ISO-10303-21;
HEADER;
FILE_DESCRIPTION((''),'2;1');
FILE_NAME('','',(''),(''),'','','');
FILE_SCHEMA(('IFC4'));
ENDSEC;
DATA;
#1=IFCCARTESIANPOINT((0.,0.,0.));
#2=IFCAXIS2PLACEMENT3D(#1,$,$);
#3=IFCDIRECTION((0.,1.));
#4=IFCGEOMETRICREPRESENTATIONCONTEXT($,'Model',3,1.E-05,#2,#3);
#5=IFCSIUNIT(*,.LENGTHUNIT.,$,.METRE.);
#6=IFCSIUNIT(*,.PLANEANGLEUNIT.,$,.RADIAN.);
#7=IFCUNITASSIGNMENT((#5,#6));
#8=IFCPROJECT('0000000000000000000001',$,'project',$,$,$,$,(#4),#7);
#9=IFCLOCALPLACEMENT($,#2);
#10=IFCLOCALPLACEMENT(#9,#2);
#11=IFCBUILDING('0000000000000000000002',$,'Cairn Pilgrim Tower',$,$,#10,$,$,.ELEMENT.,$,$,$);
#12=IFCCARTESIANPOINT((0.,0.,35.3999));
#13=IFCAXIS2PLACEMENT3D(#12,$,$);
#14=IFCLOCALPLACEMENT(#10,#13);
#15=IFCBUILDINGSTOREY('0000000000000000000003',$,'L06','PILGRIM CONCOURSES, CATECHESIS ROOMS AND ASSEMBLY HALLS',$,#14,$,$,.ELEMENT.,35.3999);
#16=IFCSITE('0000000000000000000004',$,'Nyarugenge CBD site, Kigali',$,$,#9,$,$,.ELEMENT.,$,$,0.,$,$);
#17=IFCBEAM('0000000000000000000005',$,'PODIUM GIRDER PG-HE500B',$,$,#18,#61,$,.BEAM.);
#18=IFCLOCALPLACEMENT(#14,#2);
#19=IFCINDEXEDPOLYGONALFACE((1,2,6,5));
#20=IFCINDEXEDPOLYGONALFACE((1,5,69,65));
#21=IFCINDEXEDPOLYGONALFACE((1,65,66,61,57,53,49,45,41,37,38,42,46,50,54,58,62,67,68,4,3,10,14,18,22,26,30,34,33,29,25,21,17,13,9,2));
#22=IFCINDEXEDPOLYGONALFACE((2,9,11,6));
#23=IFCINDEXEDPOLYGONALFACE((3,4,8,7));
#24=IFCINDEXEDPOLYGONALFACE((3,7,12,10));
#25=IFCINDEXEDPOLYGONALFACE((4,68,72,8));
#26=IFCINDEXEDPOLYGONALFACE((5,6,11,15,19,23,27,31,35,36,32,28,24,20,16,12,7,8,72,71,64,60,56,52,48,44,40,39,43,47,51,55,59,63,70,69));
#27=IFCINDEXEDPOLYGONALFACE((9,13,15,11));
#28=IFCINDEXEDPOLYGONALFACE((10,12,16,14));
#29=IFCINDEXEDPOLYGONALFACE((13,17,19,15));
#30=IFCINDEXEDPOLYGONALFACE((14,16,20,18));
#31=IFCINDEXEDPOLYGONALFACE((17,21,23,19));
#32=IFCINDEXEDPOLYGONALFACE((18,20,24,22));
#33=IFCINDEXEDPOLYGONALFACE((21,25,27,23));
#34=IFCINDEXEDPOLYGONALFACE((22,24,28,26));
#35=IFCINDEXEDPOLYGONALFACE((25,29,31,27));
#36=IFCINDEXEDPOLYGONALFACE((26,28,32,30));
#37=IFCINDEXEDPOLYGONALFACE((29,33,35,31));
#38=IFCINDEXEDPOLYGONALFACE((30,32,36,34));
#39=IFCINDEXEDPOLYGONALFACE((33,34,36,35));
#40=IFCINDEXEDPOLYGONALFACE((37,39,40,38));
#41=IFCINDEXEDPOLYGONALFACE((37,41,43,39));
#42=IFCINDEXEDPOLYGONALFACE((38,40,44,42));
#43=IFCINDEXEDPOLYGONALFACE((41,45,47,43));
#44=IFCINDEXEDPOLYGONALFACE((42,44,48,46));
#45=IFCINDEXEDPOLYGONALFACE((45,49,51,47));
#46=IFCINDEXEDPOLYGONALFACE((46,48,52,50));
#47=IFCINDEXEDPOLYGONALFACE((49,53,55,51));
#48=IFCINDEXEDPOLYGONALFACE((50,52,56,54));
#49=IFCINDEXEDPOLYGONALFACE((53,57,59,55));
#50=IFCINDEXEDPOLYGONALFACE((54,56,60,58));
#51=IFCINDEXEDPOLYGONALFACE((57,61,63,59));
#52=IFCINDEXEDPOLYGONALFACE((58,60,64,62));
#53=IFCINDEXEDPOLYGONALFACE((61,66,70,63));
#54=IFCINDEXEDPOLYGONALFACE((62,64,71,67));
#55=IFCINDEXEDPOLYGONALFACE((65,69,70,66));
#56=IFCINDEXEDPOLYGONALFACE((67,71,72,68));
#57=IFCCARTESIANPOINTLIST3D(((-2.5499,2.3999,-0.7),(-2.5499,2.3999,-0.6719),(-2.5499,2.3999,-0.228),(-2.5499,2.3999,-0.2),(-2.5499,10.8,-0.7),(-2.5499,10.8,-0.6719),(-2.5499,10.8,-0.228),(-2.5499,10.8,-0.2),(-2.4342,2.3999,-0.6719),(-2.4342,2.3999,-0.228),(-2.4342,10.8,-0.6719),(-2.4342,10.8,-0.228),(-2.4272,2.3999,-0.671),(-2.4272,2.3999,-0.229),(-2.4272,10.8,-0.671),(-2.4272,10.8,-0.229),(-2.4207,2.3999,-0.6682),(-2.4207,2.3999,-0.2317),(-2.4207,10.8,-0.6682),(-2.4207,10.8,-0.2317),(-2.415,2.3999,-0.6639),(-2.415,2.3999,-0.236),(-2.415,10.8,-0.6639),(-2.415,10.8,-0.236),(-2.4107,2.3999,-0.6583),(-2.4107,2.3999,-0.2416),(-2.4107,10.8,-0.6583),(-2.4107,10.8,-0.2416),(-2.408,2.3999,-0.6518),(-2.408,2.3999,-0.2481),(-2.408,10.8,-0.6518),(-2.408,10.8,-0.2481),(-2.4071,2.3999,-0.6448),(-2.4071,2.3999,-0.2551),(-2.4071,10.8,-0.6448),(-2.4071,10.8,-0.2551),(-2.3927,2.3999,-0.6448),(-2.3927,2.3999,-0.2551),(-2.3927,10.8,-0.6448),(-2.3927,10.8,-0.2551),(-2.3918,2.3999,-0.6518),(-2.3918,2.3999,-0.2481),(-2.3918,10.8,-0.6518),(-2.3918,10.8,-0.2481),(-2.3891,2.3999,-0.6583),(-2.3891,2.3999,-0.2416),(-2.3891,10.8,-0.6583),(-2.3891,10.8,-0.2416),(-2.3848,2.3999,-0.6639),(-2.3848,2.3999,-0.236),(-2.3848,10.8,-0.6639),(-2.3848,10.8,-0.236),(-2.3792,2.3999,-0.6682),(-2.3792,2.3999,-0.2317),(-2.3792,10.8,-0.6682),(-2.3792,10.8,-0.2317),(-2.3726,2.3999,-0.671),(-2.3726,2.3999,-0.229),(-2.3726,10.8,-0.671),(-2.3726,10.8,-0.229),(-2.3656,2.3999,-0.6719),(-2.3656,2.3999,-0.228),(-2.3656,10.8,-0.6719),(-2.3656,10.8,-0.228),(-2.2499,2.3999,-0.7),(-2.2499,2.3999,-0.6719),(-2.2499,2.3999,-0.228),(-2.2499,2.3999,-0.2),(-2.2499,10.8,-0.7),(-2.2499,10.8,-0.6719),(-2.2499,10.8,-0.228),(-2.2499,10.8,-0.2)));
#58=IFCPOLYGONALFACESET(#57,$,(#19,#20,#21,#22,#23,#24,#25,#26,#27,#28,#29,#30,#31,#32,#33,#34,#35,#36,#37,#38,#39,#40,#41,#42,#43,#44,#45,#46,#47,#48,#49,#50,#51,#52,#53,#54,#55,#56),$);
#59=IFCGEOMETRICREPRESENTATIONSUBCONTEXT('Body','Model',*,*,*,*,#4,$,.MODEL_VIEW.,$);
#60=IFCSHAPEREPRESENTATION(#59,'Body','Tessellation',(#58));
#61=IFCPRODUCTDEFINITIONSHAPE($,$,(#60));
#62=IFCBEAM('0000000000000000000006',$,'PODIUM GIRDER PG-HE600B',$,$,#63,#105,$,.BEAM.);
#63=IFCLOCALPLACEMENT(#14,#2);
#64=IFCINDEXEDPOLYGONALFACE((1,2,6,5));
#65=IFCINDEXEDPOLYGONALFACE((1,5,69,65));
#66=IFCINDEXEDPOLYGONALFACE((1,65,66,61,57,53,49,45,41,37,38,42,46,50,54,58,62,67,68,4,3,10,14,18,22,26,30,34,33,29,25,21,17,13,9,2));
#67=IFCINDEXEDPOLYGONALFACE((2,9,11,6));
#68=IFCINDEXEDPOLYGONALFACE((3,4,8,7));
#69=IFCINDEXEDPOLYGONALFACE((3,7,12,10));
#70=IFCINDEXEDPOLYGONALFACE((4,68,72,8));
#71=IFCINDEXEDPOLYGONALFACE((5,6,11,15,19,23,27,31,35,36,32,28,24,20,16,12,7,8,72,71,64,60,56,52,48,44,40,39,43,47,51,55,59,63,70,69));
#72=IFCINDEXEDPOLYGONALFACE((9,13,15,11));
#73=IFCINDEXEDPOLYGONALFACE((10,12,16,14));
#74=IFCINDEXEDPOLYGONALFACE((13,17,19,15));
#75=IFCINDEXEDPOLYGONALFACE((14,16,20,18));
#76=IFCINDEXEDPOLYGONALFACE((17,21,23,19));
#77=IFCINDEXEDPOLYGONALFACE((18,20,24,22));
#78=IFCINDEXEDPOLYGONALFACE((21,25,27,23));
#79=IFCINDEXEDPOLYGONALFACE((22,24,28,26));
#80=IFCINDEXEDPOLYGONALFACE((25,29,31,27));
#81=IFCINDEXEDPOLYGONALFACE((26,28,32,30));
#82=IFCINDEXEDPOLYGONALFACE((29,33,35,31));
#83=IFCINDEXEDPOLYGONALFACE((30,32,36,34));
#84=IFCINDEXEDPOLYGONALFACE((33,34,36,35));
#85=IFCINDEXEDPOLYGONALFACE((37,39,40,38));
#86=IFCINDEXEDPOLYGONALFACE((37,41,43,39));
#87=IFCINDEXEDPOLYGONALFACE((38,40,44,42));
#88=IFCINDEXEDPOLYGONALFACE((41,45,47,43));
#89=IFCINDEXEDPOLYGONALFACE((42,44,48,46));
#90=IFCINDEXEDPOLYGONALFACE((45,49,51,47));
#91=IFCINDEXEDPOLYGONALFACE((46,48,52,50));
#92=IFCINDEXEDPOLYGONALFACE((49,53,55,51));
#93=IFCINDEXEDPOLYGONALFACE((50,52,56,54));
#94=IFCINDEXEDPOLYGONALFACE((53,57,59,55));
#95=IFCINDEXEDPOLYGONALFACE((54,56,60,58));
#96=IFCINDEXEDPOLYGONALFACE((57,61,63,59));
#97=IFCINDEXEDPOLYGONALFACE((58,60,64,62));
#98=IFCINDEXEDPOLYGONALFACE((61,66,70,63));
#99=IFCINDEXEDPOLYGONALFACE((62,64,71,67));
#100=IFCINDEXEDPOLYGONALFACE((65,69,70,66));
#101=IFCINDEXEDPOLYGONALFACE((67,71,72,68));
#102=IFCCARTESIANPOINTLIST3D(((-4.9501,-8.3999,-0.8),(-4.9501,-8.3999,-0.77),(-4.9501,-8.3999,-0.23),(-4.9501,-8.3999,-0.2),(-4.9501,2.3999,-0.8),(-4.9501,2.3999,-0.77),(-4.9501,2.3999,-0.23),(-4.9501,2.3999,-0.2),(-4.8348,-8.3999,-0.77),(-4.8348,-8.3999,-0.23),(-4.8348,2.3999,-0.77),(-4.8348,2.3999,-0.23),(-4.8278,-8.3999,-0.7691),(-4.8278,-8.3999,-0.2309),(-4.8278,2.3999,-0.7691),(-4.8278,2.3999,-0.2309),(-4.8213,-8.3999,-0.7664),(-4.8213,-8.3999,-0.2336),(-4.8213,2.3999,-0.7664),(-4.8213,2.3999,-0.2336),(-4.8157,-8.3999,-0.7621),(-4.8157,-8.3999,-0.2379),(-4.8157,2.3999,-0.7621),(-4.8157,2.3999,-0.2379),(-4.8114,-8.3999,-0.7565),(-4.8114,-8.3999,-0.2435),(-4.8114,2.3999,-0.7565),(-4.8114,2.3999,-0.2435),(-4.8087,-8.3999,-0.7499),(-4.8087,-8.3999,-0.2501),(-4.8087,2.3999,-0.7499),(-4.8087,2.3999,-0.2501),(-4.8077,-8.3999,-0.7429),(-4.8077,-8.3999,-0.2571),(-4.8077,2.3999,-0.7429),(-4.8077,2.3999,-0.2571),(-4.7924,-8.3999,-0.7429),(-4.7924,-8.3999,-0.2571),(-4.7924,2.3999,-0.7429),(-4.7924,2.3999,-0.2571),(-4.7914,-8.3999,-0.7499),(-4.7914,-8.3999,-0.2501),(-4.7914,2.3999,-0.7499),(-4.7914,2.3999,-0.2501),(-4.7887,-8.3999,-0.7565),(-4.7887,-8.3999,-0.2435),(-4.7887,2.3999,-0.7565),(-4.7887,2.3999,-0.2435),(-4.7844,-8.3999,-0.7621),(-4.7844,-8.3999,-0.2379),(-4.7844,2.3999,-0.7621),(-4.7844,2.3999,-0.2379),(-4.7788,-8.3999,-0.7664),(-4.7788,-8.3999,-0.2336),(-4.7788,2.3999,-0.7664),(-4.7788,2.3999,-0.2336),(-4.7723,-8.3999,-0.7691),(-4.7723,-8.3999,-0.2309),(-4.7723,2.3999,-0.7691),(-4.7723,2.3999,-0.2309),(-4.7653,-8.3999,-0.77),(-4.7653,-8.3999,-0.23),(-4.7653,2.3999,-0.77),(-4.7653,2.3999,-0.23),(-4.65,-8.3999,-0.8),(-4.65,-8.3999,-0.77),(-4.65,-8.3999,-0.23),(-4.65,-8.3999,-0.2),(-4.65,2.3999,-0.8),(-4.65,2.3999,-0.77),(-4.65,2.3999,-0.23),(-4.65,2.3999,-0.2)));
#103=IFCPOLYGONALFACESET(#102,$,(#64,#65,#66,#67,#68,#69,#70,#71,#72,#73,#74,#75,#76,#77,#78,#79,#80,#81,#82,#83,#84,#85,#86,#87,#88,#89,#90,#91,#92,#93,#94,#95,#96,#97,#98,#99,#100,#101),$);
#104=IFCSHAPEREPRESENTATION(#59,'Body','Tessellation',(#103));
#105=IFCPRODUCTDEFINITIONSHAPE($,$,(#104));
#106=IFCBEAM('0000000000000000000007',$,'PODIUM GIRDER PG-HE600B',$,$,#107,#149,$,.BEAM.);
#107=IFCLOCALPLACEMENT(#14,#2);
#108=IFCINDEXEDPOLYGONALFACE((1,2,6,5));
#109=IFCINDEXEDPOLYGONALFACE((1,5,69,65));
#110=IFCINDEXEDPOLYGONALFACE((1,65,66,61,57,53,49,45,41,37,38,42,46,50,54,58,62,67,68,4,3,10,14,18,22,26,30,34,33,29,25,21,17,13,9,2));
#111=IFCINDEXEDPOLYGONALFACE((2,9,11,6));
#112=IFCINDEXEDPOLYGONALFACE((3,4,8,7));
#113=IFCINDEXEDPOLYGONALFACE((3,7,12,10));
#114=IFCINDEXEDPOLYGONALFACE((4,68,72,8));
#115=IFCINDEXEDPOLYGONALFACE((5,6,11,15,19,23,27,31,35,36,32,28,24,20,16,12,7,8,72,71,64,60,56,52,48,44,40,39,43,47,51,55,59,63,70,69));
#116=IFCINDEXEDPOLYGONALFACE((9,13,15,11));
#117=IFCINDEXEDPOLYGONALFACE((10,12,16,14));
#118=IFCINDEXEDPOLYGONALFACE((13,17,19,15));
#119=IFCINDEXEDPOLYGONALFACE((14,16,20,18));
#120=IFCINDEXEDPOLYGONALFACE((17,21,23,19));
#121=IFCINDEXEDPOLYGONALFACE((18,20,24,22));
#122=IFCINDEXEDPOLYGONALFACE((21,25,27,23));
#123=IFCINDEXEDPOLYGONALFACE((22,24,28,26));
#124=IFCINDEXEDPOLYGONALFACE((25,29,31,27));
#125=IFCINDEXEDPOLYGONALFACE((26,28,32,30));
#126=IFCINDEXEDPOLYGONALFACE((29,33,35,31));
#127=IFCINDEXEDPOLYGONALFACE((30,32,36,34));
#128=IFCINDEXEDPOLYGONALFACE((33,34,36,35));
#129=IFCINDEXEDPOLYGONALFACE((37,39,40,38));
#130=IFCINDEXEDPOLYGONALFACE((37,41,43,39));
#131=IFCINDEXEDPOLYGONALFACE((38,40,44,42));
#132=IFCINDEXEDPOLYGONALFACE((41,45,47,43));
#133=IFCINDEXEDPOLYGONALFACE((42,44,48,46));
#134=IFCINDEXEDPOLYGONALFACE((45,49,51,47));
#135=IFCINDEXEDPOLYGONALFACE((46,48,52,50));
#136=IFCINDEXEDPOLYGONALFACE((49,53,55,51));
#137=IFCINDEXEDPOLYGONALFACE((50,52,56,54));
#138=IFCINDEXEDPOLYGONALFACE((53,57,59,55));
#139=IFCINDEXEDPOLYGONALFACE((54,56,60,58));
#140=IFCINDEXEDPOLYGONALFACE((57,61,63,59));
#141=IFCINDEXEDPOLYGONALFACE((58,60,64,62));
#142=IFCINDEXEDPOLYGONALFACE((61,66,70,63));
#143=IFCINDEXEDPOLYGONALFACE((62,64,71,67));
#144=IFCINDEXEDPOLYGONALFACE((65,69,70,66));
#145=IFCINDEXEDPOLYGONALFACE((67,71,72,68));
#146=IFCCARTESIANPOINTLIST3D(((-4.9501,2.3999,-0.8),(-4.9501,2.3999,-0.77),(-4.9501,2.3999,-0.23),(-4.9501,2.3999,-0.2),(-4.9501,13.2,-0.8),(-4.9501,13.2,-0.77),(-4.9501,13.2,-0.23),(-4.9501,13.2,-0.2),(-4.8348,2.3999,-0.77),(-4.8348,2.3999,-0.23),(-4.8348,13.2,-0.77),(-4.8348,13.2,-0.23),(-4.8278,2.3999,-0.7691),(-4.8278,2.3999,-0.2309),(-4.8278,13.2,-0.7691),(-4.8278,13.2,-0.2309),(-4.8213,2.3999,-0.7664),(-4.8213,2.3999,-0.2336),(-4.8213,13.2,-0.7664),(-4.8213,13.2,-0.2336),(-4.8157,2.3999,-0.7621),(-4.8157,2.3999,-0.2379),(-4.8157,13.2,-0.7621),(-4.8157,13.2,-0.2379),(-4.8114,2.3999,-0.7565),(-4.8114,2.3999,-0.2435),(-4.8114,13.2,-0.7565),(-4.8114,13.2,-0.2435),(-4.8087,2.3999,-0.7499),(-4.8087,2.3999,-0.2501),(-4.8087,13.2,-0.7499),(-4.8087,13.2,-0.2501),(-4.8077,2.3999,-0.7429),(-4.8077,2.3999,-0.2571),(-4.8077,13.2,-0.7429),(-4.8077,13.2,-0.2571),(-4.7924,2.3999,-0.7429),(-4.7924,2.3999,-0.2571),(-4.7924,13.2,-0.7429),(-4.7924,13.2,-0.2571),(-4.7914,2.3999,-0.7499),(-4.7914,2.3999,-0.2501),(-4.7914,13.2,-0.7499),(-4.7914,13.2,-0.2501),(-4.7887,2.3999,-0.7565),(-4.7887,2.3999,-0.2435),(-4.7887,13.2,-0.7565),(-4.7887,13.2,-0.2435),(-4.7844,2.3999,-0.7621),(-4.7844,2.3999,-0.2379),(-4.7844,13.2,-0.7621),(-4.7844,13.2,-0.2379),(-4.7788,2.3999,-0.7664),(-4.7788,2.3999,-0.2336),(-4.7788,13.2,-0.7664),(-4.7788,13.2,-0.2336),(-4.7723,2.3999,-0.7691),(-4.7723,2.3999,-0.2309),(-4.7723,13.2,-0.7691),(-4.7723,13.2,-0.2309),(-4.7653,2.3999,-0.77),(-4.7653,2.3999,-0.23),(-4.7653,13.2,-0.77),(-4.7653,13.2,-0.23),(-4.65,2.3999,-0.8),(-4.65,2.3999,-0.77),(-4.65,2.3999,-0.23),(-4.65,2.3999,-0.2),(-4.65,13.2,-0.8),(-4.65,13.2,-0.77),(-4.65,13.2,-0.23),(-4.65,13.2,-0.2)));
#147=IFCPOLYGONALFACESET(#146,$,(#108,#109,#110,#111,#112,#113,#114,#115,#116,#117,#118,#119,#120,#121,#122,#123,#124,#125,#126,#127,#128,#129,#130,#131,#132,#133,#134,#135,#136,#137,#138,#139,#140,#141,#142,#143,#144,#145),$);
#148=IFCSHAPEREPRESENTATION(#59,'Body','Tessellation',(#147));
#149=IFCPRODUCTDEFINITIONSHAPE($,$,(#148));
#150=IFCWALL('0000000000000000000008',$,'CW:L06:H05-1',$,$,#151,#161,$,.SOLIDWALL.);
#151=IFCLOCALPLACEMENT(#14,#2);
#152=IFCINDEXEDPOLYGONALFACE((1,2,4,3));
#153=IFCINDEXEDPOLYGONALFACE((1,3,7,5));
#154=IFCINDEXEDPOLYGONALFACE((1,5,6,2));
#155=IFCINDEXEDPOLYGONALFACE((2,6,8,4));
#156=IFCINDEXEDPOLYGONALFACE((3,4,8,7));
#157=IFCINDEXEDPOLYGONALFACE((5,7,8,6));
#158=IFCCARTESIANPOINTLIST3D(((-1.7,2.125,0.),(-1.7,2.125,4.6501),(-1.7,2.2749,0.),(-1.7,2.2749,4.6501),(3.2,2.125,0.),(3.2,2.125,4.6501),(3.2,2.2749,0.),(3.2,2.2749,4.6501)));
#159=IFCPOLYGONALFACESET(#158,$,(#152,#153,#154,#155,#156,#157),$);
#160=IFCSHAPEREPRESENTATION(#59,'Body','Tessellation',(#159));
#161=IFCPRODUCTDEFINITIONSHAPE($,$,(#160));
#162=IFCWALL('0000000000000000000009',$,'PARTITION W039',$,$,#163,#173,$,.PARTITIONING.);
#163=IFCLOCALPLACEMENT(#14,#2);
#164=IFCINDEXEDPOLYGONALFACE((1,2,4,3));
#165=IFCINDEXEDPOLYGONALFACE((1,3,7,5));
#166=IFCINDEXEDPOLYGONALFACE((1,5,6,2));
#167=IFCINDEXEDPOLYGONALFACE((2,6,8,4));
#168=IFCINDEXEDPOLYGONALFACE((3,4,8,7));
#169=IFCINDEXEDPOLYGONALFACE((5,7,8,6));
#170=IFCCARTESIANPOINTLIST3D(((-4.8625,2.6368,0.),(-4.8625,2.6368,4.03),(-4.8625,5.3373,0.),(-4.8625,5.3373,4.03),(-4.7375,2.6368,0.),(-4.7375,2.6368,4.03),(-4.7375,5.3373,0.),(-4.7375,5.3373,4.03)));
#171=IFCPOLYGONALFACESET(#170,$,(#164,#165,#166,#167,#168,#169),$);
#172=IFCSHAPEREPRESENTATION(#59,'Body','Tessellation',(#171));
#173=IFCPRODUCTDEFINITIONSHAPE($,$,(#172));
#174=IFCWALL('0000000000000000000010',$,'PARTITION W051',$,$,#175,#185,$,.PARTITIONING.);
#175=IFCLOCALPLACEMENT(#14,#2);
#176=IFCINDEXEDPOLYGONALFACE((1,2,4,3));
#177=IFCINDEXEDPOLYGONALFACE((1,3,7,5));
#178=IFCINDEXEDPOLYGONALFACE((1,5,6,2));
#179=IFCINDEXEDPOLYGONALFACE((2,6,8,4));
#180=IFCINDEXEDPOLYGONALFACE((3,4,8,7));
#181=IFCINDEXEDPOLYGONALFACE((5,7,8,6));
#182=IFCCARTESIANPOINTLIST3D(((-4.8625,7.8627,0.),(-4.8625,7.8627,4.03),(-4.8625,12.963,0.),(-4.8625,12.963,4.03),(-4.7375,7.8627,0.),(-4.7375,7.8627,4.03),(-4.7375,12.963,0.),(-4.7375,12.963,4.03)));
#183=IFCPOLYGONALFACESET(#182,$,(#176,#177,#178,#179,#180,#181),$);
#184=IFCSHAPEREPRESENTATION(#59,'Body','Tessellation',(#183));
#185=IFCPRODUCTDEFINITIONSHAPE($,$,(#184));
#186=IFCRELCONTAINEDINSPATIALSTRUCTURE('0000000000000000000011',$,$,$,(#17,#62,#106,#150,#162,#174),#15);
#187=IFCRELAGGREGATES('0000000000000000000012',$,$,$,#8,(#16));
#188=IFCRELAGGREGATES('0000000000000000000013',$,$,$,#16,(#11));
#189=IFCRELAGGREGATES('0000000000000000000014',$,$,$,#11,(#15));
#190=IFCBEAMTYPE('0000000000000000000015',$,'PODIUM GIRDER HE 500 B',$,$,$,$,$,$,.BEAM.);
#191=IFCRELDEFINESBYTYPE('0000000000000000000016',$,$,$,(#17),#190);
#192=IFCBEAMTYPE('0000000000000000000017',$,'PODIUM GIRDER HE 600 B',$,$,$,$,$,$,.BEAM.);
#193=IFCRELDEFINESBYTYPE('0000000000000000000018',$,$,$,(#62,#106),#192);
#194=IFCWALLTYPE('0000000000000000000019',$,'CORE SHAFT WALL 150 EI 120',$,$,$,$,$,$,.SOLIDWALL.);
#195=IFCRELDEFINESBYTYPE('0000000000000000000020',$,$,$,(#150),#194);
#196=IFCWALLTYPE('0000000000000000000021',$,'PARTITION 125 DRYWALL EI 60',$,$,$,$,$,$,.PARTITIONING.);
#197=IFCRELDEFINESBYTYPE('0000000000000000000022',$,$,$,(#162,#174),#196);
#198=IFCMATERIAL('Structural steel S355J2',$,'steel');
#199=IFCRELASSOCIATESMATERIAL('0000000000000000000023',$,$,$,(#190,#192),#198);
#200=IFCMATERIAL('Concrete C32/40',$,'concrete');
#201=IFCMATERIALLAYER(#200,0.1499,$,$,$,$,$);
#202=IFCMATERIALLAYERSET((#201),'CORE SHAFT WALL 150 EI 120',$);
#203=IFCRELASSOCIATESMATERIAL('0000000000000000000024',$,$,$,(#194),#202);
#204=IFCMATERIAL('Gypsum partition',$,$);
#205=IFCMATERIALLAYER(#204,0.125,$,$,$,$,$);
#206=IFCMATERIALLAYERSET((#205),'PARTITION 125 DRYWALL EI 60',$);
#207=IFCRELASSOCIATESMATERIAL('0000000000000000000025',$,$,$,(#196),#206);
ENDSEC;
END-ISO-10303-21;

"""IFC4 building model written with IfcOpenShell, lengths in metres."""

from ifc_helpers import new_model, si_unit, direction, frame, frame_2d, origin, origin_2d, place, context, subcontext, project, spatial, rectangle, i_section, extrude, material, layer, layer_set, material_profile, profile_set, type_object, element, save


model = new_model("IFC4")

# Units and contexts
model_context = context("Model", 3, precision=1e-05, world=origin(), true_north=direction((0.0, 1.0)))
body_context = subcontext(model_context, "Body", "Model", "MODEL_VIEW")
ifc_project = project(units=[si_unit("LENGTHUNIT", "METRE"), si_unit("PLANEANGLEUNIT", "RADIAN")], contexts=[model_context])

# Site, building, storey
site_placement = place(None, origin())
site = spatial("IfcSite", under=ifc_project, at=site_placement, Name="Nyarugenge CBD site, Kigali", CompositionType="ELEMENT", RefElevation=0.0)
building_placement = place(site_placement, origin())
building = spatial("IfcBuilding", under=site, at=building_placement, Name="Cairn Pilgrim Tower", CompositionType="ELEMENT")
storey_placement = place(building_placement, frame((0.0, 0.0, 35.3999)))
storey = spatial("IfcBuildingStorey", under=building, at=storey_placement, Name="L06", Description="PILGRIM CONCOURSES, CATECHESIS ROOMS AND ASSEMBLY HALLS", CompositionType="ELEMENT", Elevation=35.3999)

# Beams
ifc_material_1 = material(Name="Structural steel S355J2", Category="steel")
ifc_material_profile_1 = material_profile(ifc_material_1, i_section(OverallWidth=0.3, OverallDepth=0.5, WebThickness=0.0144, FlangeThickness=0.0281, FilletRadius=0.0271, at=origin_2d()), Name="HEB 500")
ifc_profile_set_1 = profile_set([ifc_material_profile_1], Name="Structural steel S355J2")
beam_type_1 = type_object("IfcBeamType", Name="PODIUM GIRDER HE 500 B", PredefinedType="BEAM", material=ifc_profile_set_1)
beam_1_placement = place(storey_placement, frame((-2.3999, 10.8, -0.45), z_axis=(0.0, -1.0, 0.0), x_axis=(1.0, 0.0, 0.0)))
element("IfcBeam", 1, at=beam_1_placement, inside=storey, type_object=beam_type_1, Name="PODIUM GIRDER PG-HE500B", PredefinedType="BEAM", context=body_context, shape_type="SweptSolid", body=[
    extrude(i_section(OverallWidth=0.3, OverallDepth=0.5, WebThickness=0.0144, FlangeThickness=0.0281, FilletRadius=0.0271, at=origin_2d()), origin(), (0.0, 0.0, 1.0), 8.4001),
])
ifc_material_profile_2 = material_profile(ifc_material_1, i_section(OverallWidth=0.3, OverallDepth=0.6001, WebThickness=0.0154, FlangeThickness=0.03, FilletRadius=0.0271, at=origin_2d()), Name="HEB 600")
ifc_profile_set_2 = profile_set([ifc_material_profile_2], Name="Structural steel S355J2")
beam_type_2 = type_object("IfcBeamType", Name="PODIUM GIRDER HE 600 B", PredefinedType="BEAM", material=ifc_profile_set_2)
beam_2_placement = place(storey_placement, frame((-4.8, 2.3999, -0.5), z_axis=(0.0, -1.0, 0.0), x_axis=(1.0, 0.0, 0.0)))
element("IfcBeam", 2, at=beam_2_placement, inside=storey, type_object=beam_type_2, Name="PODIUM GIRDER PG-HE600B", PredefinedType="BEAM", context=body_context, shape_type="SweptSolid", body=[
    extrude(i_section(OverallWidth=0.3, OverallDepth=0.6001, WebThickness=0.0154, FlangeThickness=0.03, FilletRadius=0.0271, at=origin_2d()), origin(), (0.0, 0.0, 1.0), 10.7998),
])
beam_3_placement = place(storey_placement, frame((-4.8, 13.2, -0.5), z_axis=(0.0, -1.0, 0.0), x_axis=(1.0, 0.0, 0.0)))
element("IfcBeam", 3, at=beam_3_placement, inside=storey, type_object=beam_type_2, Name="PODIUM GIRDER PG-HE600B", PredefinedType="BEAM", context=body_context, shape_type="SweptSolid", body=[
    extrude(i_section(OverallWidth=0.3, OverallDepth=0.6001, WebThickness=0.0154, FlangeThickness=0.03, FilletRadius=0.0271, at=origin_2d()), origin(), (0.0, 0.0, 1.0), 10.8),
])

# Walls
ifc_material_2 = material(Name="Concrete C32/40", Category="concrete")
ifc_layer_1 = layer(ifc_material_2, 0.1499)
ifc_layer_set_1 = layer_set([ifc_layer_1], Name="CORE SHAFT WALL 150 EI 120")
wall_type_1 = type_object("IfcWallType", Name="CORE SHAFT WALL 150 EI 120", PredefinedType="SOLIDWALL", material=ifc_layer_set_1)
wall_1_placement = place(storey_placement, frame((-1.7, 2.2, 0.0), z_axis=(0.0, 0.0, 1.0), x_axis=(1.0, 0.0, 0.0)))
element("IfcWall", 4, at=wall_1_placement, inside=storey, type_object=wall_type_1, Name="CW:L06:H05-1", PredefinedType="SOLIDWALL", context=body_context, shape_type="SweptSolid", body=[
    extrude(rectangle(XDim=4.8999, YDim=0.1499, at=frame_2d((2.45, 0.0))), origin(), (0.0, 0.0, 1.0), 4.6501),
])
ifc_material_3 = material(Name="Gypsum partition")
ifc_layer_2 = layer(ifc_material_3, 0.125)
ifc_layer_set_2 = layer_set([ifc_layer_2], Name="PARTITION 125 DRYWALL EI 60")
wall_type_2 = type_object("IfcWallType", Name="PARTITION 125 DRYWALL EI 60", PredefinedType="PARTITIONING", material=ifc_layer_set_2)
wall_2_placement = place(storey_placement, frame((-4.8, 2.637, 0.0), z_axis=(0.0, 0.0, 1.0), x_axis=(0.0, 1.0, 0.0)))
element("IfcWall", 5, at=wall_2_placement, inside=storey, type_object=wall_type_2, Name="PARTITION W039", PredefinedType="PARTITIONING", context=body_context, shape_type="SweptSolid", body=[
    extrude(rectangle(XDim=2.7004, YDim=0.125, at=frame_2d((1.3501, 0.0))), origin(), (0.0, 0.0, 1.0), 4.03),
])
wall_3_placement = place(storey_placement, frame((-4.8, 7.8625, 0.0), z_axis=(0.0, 0.0, 1.0), x_axis=(0.0, 1.0, 0.0)))
element("IfcWall", 6, at=wall_3_placement, inside=storey, type_object=wall_type_2, Name="PARTITION W051", PredefinedType="PARTITIONING", context=body_context, shape_type="SweptSolid", body=[
    extrude(rectangle(XDim=5.1003, YDim=0.125, at=frame_2d((2.5503, 0.0))), origin(), (0.0, 0.0, 1.0), 4.03),
])

save(model, "model.ifc")
